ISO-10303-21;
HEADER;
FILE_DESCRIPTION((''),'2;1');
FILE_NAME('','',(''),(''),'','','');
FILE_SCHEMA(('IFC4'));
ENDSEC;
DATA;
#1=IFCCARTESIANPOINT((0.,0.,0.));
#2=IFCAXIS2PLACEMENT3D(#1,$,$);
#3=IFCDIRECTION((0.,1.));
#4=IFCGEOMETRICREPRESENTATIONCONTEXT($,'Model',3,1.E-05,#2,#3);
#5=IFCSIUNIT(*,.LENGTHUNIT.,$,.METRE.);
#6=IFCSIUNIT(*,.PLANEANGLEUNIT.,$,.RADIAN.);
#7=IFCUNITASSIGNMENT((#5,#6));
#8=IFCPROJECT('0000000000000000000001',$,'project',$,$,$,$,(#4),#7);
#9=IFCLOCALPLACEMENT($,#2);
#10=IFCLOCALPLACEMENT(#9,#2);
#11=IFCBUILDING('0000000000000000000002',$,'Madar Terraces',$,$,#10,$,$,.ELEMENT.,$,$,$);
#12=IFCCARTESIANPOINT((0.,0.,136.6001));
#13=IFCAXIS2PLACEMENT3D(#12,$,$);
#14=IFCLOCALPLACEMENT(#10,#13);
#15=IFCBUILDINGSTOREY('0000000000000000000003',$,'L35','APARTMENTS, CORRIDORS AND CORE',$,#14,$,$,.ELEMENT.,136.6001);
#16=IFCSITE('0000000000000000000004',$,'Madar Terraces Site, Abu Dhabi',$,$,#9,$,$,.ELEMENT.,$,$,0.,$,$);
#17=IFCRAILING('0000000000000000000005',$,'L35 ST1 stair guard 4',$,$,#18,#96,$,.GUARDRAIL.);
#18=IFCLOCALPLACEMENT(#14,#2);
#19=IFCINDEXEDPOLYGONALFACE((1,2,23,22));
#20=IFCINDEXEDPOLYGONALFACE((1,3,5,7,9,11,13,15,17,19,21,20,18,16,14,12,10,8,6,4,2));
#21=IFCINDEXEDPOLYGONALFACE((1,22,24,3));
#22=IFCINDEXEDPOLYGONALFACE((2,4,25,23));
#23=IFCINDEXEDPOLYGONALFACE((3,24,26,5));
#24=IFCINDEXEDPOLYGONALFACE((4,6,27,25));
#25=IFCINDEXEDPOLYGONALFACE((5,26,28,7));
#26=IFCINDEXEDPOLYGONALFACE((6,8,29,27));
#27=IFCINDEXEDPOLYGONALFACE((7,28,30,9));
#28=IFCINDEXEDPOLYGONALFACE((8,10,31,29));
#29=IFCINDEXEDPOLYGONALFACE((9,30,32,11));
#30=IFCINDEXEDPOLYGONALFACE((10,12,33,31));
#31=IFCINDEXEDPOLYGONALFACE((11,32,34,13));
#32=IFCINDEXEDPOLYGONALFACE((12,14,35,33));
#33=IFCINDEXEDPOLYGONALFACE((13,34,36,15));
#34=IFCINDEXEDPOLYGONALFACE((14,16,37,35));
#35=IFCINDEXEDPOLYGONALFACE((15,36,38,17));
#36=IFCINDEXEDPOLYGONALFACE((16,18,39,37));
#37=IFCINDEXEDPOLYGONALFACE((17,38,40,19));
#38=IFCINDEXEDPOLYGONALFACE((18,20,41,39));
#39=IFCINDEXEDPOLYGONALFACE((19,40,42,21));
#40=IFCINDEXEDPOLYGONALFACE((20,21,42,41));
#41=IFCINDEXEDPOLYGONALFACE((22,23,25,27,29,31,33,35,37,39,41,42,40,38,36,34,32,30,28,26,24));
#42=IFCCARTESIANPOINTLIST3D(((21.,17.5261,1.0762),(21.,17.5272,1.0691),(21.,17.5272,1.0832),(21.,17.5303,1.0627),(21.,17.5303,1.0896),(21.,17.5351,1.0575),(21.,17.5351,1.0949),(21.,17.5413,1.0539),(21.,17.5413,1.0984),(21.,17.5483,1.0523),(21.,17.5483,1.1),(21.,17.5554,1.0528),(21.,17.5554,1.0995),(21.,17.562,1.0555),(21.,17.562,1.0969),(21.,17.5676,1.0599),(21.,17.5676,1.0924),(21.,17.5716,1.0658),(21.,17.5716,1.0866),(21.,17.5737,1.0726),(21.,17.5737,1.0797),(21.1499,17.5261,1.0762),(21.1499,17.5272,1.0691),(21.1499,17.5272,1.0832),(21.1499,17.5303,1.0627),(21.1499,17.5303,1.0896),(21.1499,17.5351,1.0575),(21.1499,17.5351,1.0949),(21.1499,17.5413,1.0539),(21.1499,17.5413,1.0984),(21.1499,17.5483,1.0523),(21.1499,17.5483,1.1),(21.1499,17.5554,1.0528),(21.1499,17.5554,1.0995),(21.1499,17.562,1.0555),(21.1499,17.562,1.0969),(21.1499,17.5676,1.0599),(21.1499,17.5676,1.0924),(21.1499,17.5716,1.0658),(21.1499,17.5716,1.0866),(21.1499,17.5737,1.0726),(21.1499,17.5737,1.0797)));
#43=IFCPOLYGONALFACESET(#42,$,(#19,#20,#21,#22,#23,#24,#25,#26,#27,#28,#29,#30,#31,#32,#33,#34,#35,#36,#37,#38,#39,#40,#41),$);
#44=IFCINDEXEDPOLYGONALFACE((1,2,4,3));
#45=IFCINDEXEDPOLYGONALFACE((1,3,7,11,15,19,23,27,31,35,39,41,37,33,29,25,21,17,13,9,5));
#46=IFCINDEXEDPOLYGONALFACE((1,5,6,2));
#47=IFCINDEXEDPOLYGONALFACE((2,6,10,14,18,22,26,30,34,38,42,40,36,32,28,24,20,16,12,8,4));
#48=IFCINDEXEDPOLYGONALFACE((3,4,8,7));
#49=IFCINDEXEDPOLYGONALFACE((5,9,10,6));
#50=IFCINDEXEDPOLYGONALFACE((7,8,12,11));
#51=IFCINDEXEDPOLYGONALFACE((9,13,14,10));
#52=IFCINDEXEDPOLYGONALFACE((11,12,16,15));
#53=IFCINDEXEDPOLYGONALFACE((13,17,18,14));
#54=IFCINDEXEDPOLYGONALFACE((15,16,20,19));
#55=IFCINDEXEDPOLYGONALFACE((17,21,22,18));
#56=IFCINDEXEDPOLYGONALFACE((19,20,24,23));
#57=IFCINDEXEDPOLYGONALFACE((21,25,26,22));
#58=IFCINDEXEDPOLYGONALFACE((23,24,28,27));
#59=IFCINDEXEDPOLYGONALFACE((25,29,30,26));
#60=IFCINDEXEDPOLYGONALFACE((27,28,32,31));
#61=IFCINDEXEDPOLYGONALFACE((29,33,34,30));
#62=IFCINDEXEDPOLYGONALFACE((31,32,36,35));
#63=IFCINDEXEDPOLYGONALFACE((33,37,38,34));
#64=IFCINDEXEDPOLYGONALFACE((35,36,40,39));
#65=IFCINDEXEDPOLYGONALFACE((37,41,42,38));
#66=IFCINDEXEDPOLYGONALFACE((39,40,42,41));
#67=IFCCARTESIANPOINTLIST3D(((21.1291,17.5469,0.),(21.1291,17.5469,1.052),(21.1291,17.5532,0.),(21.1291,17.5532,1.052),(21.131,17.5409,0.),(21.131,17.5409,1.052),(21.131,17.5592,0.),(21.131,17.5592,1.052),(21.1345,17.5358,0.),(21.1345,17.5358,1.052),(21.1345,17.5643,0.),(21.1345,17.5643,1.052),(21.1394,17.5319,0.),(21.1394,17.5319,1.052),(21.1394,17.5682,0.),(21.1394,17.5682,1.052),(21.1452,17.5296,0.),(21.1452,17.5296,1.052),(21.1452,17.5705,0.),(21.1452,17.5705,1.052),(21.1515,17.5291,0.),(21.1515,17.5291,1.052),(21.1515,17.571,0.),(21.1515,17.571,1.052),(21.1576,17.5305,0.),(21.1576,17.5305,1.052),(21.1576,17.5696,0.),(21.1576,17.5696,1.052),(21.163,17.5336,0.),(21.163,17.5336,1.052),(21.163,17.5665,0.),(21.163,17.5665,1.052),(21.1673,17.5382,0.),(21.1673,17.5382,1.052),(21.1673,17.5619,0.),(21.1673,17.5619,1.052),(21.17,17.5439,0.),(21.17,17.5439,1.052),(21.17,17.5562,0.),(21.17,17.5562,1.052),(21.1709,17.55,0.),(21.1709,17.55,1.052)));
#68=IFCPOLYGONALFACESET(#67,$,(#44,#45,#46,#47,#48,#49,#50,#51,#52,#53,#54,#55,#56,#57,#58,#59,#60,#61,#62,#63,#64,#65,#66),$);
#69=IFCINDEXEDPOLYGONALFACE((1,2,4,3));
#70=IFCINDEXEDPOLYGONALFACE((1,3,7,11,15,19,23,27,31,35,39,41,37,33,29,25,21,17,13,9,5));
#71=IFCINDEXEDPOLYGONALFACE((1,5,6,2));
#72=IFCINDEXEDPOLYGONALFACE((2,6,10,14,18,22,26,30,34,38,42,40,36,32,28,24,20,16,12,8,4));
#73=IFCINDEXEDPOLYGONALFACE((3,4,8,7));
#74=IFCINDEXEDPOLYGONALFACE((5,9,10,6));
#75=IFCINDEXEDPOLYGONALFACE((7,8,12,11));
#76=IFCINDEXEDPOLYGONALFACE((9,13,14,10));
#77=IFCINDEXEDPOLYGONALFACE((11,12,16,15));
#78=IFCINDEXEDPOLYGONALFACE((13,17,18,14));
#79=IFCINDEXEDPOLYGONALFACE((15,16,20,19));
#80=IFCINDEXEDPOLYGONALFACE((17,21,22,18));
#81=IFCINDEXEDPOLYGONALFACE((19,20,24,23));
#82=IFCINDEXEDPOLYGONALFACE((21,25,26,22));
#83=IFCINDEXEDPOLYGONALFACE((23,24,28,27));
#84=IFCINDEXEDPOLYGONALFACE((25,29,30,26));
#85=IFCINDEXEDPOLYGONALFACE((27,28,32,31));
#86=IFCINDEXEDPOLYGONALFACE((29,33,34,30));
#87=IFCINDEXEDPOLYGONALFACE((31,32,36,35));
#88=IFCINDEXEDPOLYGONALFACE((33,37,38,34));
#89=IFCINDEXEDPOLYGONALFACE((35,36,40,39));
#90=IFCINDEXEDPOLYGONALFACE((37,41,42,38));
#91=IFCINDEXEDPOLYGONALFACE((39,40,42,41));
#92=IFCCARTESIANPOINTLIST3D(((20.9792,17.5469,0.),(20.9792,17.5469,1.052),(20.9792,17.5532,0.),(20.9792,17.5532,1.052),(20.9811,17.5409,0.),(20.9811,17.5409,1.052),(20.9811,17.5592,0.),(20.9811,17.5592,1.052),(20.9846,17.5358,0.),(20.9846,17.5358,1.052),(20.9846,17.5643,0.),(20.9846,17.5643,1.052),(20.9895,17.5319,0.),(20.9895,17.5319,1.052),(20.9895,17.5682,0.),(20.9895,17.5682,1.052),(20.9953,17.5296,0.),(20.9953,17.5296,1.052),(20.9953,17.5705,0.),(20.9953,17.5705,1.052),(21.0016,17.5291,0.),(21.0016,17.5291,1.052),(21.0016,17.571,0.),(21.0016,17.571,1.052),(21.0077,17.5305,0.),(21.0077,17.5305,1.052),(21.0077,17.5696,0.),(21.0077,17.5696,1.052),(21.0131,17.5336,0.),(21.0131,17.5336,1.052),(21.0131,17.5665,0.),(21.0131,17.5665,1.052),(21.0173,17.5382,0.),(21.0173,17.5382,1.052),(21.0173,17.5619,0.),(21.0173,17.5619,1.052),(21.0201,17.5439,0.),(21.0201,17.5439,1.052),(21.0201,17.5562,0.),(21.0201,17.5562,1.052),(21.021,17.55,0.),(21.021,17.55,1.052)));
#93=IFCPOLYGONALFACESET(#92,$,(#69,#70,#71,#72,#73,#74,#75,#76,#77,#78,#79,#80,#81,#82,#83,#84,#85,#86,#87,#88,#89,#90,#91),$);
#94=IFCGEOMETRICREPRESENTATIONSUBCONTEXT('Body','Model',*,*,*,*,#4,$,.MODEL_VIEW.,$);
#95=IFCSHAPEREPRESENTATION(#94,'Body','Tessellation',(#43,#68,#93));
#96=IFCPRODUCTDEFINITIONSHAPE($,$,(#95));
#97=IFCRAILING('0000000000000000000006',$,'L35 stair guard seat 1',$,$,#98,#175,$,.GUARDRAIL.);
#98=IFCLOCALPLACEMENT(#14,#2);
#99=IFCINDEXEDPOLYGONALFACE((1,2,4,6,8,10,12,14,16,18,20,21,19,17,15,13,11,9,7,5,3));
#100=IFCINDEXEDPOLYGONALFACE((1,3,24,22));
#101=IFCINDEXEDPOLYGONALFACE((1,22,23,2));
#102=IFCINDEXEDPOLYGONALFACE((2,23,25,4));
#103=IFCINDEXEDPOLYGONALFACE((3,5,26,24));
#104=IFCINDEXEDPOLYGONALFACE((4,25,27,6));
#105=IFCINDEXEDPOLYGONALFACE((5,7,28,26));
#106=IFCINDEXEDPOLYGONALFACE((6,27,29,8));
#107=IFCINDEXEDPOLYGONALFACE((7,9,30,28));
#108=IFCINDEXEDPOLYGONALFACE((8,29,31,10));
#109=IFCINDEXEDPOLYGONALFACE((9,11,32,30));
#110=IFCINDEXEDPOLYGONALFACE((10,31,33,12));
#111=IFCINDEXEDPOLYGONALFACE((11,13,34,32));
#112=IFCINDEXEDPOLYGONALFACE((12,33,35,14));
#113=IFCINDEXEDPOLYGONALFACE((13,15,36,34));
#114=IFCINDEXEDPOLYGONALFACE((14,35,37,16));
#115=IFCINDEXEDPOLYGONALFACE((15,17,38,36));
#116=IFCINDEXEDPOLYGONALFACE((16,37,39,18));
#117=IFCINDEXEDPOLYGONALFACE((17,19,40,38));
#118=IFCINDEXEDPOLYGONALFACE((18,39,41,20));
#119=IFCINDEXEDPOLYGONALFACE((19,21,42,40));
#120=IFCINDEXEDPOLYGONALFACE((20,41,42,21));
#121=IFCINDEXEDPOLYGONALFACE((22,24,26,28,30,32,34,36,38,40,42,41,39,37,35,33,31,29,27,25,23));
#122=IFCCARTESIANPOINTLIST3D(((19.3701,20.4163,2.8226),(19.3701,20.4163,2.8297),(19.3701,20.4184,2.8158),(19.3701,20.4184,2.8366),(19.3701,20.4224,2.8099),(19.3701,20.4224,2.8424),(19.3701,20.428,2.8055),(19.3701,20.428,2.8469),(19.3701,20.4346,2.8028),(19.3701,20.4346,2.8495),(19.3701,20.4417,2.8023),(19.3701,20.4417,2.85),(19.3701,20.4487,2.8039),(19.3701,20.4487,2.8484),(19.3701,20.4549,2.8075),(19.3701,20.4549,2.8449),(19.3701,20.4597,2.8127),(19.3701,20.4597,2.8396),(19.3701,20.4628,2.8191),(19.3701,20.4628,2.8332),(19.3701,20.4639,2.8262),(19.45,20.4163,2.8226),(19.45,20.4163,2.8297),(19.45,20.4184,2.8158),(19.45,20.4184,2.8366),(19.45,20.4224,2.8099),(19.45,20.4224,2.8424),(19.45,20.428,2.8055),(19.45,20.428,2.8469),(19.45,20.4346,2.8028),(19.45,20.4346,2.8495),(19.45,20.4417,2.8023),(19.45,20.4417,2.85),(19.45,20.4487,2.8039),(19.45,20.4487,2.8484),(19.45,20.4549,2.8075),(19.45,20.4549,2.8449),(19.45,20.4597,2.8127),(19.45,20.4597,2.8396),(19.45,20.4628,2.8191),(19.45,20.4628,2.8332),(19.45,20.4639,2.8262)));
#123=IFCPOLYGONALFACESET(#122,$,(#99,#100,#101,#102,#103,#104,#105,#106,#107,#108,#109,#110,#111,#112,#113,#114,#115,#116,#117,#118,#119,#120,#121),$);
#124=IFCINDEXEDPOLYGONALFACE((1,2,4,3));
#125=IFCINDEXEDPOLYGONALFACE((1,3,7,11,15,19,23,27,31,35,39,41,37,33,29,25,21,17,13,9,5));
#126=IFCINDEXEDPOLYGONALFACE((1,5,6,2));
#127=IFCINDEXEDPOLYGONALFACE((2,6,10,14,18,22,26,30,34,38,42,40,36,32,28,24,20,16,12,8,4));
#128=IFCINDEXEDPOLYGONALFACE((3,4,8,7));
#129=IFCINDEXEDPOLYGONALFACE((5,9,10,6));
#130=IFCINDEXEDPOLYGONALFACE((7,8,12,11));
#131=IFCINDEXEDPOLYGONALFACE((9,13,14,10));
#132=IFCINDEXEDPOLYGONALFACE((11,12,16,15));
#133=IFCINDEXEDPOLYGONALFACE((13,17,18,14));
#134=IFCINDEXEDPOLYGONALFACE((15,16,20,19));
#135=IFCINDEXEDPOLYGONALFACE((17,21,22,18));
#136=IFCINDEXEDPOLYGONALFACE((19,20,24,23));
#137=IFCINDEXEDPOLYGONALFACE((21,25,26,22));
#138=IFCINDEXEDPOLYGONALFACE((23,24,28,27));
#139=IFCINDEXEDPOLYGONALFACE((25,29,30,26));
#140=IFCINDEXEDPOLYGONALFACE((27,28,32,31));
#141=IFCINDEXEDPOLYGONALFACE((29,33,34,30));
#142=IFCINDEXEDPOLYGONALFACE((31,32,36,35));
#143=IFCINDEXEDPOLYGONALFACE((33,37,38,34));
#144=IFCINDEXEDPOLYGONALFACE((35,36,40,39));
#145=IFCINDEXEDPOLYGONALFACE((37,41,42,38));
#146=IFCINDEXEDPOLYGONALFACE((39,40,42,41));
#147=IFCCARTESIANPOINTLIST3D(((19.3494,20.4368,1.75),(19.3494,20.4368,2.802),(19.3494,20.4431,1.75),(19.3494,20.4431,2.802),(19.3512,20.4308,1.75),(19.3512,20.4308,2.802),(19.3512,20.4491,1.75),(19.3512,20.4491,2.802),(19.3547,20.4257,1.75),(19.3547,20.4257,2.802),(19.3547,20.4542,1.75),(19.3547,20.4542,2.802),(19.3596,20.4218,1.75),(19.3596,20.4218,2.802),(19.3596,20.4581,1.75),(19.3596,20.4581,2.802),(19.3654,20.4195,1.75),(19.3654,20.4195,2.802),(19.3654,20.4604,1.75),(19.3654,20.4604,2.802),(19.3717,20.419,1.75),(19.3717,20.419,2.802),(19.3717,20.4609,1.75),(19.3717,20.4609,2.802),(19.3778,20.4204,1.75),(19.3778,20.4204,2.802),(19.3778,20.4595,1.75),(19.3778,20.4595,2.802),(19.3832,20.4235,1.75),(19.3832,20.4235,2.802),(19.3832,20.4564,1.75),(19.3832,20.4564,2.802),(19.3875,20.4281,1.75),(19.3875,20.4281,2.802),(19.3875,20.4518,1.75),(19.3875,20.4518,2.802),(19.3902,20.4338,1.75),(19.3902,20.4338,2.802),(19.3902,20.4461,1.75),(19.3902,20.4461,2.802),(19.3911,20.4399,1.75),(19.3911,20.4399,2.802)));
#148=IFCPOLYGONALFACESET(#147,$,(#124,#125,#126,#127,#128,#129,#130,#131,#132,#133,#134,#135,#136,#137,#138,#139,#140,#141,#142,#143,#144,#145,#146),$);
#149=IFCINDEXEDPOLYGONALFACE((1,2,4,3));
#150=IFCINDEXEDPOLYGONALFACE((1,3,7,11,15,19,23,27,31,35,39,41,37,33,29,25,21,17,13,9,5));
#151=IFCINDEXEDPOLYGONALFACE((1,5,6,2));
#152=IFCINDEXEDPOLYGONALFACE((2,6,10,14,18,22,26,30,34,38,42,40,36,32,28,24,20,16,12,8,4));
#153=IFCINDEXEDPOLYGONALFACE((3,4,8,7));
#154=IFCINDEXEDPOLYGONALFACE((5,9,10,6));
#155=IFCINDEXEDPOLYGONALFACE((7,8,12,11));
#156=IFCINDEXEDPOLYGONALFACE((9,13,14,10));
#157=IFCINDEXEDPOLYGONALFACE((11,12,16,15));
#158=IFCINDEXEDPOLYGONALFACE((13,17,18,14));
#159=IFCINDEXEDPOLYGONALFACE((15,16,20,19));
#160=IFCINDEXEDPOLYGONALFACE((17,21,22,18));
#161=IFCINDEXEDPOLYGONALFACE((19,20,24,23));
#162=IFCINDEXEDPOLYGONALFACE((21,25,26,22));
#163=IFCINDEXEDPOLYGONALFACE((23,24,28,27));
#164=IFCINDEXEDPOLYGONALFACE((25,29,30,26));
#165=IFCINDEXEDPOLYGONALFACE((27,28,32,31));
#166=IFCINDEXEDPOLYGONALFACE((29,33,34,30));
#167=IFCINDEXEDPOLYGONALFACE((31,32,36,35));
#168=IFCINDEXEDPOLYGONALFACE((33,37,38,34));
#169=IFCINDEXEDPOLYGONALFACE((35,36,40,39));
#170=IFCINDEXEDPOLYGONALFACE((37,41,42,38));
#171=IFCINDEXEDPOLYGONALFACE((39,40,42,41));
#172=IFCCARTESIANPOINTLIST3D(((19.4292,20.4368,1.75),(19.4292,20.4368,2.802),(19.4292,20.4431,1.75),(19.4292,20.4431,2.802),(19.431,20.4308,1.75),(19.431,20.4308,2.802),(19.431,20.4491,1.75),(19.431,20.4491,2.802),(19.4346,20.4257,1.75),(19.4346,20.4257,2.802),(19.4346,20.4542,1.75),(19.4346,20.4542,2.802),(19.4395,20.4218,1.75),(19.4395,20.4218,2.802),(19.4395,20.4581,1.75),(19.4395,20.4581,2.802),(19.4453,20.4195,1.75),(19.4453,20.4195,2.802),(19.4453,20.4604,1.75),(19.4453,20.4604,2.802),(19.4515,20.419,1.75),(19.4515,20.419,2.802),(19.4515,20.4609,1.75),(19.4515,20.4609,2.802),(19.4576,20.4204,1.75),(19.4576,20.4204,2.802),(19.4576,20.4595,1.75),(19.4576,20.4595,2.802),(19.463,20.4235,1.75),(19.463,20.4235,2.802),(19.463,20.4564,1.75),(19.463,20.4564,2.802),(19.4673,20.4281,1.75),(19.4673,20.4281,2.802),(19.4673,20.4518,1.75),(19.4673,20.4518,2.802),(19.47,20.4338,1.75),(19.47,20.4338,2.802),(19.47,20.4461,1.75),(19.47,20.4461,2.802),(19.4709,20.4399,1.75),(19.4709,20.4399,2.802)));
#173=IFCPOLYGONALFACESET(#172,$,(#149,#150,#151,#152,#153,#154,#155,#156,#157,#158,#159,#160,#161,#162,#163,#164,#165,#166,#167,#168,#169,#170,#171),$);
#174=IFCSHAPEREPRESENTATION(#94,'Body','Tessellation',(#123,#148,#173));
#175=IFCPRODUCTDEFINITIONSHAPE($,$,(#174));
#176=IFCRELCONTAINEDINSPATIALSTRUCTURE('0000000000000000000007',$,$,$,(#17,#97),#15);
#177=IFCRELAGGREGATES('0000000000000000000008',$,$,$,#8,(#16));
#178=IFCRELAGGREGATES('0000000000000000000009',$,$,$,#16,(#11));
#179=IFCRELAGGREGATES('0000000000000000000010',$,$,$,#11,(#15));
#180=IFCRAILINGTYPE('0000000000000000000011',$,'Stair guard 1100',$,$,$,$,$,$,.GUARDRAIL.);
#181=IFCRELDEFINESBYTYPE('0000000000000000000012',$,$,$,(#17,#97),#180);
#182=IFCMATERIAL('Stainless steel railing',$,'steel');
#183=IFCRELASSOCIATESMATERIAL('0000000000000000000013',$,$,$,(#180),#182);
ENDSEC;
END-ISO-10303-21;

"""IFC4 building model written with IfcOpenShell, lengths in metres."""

from ifc_helpers import new_model, si_unit, direction, frame, origin, origin_2d, place, context, subcontext, project, spatial, circle, extrude, material, type_object, element, save


model = new_model("IFC4")

# Units and contexts
model_context = context("Model", 3, precision=1e-05, world=origin(), true_north=direction((0.0, 1.0)))
body_context = subcontext(model_context, "Body", "Model", "MODEL_VIEW")
ifc_project = project(units=[si_unit("LENGTHUNIT", "METRE"), si_unit("PLANEANGLEUNIT", "RADIAN")], contexts=[model_context])

# Site, building, storey
site_placement = place(None, origin())
site = spatial("IfcSite", under=ifc_project, at=site_placement, Name="Madar Terraces Site, Abu Dhabi", CompositionType="ELEMENT", RefElevation=0.0)
building_placement = place(site_placement, origin())
building = spatial("IfcBuilding", under=site, at=building_placement, Name="Madar Terraces", CompositionType="ELEMENT")
storey_placement = place(building_placement, frame((0.0, 0.0, 136.6001)))
storey = spatial("IfcBuildingStorey", under=building, at=storey_placement, Name="L35", Description="APARTMENTS, CORRIDORS AND CORE", CompositionType="ELEMENT", Elevation=136.6001)

# Railings
ifc_material_1 = material(Name="Stainless steel railing", Category="steel")
railing_type_1 = type_object("IfcRailingType", Name="Stair guard 1100", PredefinedType="GUARDRAIL", material=ifc_material_1)
railing_1_placement = place(storey_placement, frame((21.1499, 17.55, 0.0)))
element("IfcRailing", 1, at=railing_1_placement, inside=storey, type_object=railing_type_1, Name="L35 ST1 stair guard 4", PredefinedType="GUARDRAIL", context=body_context, shape_type="SweptSolid", body=[
    extrude(circle(Radius=0.0239, at=origin_2d()), frame((0.0, 0.0, 1.0762), z_axis=(-1.0, 0.0, 0.0), x_axis=(0.0, -1.0, 0.0)), (0.0, 0.0, 1.0), 0.1499),
    extrude(circle(Radius=0.021, at=origin_2d()), origin(), (0.0, 0.0, 1.0), 1.052),
    extrude(circle(Radius=0.021, at=origin_2d()), frame((-0.1499, 0.0, 0.0)), (0.0, 0.0, 1.0), 1.052),
])
for number, where, name in (
    (2, (19.3701, 20.4399, 1.75), "L35 stair guard seat 1"),
):
    element("IfcRailing", number, at=place(storey_placement, frame(where)), inside=storey, type_object=railing_type_1, Name=name, PredefinedType="GUARDRAIL", context=body_context, shape_type="SweptSolid", body=[
        extrude(circle(Radius=0.0239, at=origin_2d()), frame((0.0, 0.0, 1.0762), z_axis=(1.0, 0.0, 0.0), x_axis=(0.0, 1.0, 0.0)), (0.0, 0.0, 1.0), 0.0798),
        extrude(circle(Radius=0.021, at=origin_2d()), origin(), (0.0, 0.0, 1.0), 1.052),
        extrude(circle(Radius=0.021, at=origin_2d()), frame((0.0798, 0.0, 0.0)), (0.0, 0.0, 1.0), 1.052),
    ])

save(model, "model.ifc")
